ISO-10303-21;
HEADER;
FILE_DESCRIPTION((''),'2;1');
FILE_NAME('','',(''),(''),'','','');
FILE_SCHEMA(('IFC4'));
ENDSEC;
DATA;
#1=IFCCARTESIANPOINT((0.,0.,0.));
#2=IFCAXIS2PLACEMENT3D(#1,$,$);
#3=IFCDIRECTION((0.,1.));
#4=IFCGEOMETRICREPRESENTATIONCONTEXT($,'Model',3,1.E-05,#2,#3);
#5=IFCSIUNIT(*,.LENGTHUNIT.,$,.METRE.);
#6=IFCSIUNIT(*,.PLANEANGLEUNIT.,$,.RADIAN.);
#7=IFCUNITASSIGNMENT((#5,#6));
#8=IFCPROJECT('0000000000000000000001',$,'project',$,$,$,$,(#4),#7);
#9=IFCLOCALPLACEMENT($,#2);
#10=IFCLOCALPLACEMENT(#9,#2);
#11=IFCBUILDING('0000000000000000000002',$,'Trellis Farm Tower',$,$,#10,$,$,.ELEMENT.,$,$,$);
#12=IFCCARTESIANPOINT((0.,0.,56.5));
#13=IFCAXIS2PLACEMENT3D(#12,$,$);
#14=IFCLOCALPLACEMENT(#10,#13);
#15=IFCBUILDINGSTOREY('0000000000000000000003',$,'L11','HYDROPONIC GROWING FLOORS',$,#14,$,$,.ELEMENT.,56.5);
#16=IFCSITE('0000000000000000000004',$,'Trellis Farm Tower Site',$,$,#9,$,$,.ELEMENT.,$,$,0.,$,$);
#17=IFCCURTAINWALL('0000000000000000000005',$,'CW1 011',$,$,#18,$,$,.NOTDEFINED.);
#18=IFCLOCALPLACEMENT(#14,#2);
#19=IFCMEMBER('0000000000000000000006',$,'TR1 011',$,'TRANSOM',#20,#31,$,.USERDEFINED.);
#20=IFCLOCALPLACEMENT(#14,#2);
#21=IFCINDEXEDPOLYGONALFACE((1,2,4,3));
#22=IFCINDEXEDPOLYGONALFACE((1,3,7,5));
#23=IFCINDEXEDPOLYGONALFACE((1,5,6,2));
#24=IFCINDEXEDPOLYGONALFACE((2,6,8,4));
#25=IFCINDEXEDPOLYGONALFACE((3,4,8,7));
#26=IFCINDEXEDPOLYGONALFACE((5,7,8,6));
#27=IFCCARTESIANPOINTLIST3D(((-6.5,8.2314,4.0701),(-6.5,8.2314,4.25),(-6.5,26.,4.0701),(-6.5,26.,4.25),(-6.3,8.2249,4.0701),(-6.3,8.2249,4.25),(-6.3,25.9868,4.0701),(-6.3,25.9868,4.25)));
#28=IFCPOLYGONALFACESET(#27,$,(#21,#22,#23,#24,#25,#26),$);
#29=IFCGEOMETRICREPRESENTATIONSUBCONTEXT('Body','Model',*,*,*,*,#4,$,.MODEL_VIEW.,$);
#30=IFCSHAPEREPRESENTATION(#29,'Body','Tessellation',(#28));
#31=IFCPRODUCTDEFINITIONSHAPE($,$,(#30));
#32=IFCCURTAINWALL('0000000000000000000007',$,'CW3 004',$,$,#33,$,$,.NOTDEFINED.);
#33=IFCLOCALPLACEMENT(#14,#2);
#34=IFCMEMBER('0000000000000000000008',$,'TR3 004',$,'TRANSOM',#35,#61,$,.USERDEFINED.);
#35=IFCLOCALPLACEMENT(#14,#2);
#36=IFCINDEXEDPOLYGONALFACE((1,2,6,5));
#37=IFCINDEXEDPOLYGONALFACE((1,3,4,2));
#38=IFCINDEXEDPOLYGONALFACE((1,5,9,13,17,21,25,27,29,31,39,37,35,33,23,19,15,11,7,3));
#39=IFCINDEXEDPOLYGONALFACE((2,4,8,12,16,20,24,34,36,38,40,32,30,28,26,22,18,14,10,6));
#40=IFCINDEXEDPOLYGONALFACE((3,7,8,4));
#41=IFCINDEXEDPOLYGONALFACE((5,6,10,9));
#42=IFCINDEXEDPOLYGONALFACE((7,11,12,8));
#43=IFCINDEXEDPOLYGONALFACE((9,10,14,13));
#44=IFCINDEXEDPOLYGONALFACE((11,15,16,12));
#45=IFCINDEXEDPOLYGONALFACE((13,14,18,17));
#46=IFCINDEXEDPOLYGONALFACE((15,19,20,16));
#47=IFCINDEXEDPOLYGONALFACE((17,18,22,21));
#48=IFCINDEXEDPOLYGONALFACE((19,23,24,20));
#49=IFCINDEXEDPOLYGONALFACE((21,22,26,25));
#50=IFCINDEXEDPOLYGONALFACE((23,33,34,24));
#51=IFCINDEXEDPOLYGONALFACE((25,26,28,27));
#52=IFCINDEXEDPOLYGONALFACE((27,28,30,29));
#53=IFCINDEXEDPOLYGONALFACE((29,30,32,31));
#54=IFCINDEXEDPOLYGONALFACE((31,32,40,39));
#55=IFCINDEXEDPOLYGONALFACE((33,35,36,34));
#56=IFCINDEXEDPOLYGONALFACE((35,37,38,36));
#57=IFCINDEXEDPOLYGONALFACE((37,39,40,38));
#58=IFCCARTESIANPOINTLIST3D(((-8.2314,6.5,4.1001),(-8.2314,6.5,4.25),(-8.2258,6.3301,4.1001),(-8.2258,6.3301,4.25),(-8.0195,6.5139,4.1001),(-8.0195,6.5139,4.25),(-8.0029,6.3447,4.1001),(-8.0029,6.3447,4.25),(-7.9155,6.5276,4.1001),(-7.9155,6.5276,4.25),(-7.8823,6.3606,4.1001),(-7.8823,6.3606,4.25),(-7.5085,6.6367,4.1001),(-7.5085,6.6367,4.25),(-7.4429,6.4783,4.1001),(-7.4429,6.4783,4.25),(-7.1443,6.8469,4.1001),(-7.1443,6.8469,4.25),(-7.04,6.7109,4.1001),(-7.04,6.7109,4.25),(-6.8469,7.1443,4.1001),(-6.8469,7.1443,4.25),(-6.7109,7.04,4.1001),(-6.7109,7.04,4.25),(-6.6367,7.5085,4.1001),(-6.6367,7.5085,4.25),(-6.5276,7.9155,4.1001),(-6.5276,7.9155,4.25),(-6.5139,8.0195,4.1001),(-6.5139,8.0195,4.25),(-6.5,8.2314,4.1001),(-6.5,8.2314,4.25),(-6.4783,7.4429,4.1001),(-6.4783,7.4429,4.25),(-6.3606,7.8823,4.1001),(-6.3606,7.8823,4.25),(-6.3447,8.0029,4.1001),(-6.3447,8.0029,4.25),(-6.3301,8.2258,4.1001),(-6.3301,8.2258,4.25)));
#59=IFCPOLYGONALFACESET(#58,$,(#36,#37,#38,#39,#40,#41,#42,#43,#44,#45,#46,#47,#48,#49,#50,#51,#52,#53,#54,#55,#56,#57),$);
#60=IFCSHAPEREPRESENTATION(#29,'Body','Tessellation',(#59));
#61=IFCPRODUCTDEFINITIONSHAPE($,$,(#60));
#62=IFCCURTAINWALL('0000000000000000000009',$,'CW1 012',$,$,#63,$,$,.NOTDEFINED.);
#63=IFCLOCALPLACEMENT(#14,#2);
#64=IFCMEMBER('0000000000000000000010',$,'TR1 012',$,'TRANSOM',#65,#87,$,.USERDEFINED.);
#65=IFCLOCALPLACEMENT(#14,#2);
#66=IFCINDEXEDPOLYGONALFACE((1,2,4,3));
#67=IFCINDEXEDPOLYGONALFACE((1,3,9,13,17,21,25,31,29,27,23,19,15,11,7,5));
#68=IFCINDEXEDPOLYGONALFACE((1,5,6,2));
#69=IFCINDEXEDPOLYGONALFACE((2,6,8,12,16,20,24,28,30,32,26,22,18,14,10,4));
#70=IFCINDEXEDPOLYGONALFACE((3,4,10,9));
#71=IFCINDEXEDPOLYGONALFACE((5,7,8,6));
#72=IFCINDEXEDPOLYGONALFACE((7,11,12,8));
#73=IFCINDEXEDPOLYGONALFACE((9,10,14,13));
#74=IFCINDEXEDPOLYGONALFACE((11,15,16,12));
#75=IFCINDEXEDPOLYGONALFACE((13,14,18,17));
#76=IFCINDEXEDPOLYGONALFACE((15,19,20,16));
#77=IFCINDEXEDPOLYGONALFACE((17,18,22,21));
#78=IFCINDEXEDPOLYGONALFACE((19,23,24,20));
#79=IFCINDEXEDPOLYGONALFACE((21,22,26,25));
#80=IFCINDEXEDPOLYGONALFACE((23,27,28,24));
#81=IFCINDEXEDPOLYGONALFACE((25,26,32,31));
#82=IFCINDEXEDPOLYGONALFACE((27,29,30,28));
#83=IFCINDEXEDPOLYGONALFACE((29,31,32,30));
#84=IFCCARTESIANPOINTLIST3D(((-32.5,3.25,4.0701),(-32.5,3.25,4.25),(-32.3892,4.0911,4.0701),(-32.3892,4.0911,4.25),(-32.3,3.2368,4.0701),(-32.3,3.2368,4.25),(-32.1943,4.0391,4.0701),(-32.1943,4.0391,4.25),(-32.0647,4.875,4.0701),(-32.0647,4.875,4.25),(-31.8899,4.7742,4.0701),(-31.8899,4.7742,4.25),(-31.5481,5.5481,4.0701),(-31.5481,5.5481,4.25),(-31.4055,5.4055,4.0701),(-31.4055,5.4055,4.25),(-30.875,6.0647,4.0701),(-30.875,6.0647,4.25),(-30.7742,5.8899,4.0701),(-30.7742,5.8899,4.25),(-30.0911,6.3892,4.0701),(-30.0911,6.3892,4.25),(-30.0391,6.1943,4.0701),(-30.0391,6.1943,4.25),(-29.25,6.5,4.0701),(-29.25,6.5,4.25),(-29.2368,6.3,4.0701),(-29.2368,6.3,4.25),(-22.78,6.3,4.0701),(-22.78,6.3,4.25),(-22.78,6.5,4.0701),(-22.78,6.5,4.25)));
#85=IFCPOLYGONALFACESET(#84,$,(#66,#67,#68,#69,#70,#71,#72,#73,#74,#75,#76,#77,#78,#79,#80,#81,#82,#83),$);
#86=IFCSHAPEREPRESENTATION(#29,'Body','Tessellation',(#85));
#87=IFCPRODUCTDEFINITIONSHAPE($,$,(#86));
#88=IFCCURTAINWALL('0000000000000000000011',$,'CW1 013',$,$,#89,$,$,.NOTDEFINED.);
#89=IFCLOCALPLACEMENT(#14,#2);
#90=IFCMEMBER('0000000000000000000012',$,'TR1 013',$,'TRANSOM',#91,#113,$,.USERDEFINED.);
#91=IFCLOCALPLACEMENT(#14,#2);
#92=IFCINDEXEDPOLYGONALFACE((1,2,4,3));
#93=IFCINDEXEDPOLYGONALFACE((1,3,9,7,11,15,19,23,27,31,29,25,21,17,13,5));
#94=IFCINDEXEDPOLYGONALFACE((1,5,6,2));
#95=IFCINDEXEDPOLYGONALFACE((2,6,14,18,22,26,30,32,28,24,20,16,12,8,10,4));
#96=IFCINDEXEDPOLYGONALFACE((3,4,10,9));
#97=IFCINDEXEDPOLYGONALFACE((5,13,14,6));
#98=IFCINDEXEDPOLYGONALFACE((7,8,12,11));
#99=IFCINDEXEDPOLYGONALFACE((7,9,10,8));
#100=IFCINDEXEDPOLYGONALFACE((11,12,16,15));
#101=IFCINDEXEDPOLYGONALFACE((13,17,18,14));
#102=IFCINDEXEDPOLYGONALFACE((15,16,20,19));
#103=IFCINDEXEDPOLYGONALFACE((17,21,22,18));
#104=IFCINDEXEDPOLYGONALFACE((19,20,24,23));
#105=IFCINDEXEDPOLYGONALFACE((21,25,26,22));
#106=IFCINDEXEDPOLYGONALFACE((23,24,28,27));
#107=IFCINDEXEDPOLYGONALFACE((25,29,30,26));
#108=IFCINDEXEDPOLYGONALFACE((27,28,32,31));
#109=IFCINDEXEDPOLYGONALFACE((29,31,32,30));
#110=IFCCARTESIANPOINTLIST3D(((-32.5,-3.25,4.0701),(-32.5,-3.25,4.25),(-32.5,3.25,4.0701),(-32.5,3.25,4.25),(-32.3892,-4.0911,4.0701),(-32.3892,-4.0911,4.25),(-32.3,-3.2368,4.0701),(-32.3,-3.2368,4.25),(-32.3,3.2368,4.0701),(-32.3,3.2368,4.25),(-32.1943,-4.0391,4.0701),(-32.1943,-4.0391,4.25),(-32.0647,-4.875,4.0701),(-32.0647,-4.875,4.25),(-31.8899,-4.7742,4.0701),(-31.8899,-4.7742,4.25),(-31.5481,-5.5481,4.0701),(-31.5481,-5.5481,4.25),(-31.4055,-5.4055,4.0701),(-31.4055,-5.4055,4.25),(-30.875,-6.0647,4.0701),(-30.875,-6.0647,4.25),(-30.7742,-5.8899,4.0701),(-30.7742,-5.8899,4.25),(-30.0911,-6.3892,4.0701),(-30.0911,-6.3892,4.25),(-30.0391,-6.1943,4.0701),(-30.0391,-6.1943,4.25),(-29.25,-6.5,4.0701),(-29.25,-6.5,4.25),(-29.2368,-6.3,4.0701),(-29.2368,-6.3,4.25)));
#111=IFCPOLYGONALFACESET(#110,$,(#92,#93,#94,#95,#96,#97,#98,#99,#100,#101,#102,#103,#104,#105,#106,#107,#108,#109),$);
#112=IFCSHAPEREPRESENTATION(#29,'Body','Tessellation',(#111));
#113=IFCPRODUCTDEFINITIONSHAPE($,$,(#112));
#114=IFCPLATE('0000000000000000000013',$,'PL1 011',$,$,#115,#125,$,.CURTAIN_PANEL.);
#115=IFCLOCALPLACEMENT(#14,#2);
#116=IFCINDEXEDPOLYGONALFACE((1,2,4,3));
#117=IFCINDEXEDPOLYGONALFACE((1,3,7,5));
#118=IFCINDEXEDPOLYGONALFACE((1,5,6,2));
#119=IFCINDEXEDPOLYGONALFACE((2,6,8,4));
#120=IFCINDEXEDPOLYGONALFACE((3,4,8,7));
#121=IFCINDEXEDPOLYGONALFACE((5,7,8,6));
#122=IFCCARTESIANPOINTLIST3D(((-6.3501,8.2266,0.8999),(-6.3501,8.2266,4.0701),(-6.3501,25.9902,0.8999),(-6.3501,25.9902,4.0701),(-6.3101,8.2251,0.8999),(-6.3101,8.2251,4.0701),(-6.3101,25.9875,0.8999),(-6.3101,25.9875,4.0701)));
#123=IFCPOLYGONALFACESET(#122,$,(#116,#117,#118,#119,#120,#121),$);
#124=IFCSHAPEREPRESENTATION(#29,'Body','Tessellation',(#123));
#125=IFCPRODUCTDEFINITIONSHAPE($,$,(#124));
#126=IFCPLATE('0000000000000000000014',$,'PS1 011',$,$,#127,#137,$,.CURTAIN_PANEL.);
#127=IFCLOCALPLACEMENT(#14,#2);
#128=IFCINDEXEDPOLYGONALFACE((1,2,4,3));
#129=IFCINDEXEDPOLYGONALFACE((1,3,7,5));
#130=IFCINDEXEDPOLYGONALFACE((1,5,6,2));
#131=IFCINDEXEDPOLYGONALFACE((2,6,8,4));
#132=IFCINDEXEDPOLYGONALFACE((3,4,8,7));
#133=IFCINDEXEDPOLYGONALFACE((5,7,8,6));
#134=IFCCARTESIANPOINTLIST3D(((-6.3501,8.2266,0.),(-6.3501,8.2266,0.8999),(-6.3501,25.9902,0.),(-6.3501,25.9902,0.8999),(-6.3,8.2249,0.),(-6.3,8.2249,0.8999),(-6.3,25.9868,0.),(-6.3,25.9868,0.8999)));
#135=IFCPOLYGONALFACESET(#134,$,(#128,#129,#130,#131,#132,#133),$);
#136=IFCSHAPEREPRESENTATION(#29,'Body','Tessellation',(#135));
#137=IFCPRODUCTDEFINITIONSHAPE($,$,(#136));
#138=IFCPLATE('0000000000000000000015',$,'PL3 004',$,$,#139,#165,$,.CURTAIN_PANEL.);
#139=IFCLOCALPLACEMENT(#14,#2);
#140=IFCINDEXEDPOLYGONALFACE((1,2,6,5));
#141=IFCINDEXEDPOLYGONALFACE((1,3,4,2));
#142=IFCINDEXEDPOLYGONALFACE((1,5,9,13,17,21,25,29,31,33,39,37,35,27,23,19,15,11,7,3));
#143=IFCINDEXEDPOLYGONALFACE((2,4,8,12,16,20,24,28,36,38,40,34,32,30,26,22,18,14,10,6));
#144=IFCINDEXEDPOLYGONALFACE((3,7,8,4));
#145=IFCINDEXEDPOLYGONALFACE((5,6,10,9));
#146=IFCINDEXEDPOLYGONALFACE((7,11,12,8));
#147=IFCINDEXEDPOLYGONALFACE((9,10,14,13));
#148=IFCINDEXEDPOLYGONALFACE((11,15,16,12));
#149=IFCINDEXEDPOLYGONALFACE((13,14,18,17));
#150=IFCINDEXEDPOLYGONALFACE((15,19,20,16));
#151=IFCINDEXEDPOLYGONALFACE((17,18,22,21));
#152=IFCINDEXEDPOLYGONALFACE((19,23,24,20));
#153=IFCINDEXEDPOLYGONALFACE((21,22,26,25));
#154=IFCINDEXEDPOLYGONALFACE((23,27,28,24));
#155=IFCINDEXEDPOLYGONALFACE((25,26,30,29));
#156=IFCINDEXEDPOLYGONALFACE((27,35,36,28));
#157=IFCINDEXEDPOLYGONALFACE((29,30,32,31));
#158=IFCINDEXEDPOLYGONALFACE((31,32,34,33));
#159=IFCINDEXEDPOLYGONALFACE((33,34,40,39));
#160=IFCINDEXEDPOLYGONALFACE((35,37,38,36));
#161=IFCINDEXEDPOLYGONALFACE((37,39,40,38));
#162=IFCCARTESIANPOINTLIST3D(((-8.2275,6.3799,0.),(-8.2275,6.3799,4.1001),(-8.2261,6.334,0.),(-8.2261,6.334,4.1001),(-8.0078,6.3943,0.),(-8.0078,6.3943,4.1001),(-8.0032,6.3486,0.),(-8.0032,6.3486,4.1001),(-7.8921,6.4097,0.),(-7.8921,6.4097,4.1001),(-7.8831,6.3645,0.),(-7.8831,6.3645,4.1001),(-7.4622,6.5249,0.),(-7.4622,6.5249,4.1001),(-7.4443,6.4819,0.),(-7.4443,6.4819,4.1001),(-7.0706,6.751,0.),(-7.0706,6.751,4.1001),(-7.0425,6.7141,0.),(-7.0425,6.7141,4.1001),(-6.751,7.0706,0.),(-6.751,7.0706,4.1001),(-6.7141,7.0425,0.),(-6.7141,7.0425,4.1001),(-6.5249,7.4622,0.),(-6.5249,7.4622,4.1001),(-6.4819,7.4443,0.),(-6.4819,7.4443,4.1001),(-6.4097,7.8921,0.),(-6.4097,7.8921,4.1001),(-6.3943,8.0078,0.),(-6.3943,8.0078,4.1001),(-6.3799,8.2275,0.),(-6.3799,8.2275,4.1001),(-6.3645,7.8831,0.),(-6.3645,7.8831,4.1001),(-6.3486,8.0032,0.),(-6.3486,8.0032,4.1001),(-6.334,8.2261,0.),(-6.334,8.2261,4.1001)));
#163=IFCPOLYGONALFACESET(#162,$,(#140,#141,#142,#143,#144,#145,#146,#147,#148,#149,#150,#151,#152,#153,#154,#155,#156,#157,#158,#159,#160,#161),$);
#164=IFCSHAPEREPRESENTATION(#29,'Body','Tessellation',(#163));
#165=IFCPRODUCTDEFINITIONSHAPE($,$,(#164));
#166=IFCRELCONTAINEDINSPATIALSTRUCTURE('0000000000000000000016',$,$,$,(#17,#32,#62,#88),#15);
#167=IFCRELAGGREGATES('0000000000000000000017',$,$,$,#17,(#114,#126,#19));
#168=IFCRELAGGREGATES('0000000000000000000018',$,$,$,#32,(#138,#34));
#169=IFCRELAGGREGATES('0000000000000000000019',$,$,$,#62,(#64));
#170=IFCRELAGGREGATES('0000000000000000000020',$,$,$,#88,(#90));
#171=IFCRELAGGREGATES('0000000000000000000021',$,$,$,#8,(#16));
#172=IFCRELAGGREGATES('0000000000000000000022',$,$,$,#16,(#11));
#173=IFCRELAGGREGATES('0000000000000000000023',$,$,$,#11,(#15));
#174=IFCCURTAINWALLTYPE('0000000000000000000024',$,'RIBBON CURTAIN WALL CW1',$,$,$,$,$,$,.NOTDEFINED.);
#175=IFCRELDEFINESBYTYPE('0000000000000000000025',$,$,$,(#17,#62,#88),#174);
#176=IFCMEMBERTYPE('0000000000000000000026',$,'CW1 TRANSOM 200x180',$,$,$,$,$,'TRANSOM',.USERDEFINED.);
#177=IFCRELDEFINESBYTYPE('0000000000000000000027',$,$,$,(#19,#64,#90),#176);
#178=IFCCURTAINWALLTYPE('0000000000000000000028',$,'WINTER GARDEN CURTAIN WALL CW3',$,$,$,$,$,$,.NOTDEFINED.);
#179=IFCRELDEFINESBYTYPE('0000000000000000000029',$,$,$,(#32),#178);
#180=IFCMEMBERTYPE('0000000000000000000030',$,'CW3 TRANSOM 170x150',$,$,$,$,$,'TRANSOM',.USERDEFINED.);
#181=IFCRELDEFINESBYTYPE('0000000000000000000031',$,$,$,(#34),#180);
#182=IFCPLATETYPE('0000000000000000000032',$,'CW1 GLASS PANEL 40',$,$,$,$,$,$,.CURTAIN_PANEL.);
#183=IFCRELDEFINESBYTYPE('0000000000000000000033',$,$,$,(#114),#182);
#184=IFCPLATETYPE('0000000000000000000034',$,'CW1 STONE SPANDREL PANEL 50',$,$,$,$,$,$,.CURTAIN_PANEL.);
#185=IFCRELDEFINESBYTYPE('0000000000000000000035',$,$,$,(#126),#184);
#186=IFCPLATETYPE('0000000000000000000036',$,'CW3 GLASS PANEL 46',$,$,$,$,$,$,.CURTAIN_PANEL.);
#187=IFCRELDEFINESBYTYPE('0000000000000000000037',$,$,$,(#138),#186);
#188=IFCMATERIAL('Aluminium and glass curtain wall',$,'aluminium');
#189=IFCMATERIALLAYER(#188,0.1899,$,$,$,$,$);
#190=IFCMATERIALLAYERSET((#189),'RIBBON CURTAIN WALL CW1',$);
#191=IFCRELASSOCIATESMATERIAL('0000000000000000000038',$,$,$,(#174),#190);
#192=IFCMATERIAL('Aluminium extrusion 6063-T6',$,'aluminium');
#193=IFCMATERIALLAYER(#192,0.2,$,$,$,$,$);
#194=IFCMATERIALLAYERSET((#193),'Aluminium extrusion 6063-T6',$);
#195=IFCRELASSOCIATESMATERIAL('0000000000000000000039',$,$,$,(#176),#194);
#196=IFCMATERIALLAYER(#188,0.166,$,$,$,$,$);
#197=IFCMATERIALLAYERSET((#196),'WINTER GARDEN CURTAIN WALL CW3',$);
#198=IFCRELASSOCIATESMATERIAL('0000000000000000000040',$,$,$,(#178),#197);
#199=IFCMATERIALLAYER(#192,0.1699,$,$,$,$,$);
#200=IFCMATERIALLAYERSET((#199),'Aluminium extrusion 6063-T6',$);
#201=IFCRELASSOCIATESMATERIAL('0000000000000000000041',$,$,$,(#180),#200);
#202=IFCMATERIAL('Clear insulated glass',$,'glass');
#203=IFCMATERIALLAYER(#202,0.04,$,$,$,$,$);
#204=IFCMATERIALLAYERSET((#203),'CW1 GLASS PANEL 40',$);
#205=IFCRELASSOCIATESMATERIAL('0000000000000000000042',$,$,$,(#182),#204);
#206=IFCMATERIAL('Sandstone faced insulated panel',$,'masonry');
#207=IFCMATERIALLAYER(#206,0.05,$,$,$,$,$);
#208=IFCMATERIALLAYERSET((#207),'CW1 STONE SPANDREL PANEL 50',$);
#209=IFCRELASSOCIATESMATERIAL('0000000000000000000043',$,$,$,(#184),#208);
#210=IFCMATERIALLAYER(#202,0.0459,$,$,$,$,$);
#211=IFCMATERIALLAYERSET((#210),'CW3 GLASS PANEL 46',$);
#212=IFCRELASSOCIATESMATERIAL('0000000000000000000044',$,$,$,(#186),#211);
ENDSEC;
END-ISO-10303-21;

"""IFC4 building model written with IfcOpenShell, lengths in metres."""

from ifc_helpers import new_model, si_unit, direction, frame, origin, place, context, subcontext, project, spatial, polyline, outline, extrude, source, transform, mapped, material, layer, layer_set, type_object, element, aggregate, save


model = new_model("IFC4")

# Units and contexts
model_context = context("Model", 3, precision=1e-05, world=origin(), true_north=direction((0.0, 1.0)))
body_context = subcontext(model_context, "Body", "Model", "MODEL_VIEW")
ifc_project = project(units=[si_unit("LENGTHUNIT", "METRE"), si_unit("PLANEANGLEUNIT", "RADIAN")], contexts=[model_context])

# Site, building, storey
site_placement = place(None, origin())
site = spatial("IfcSite", under=ifc_project, at=site_placement, Name="Trellis Farm Tower Site", CompositionType="ELEMENT", RefElevation=0.0)
building_placement = place(site_placement, origin())
building = spatial("IfcBuilding", under=site, at=building_placement, Name="Trellis Farm Tower", CompositionType="ELEMENT")
storey_placement = place(building_placement, frame((0.0, 0.0, 56.5)))
storey = spatial("IfcBuildingStorey", under=building, at=storey_placement, Name="L11", Description="HYDROPONIC GROWING FLOORS", CompositionType="ELEMENT", Elevation=56.5)

# Curtain walls, members
ifc_material_1 = material(Name="Aluminium and glass curtain wall", Category="aluminium")
ifc_layer_1 = layer(ifc_material_1, 0.1899)
ifc_layer_set_1 = layer_set([ifc_layer_1], Name="RIBBON CURTAIN WALL CW1")
curtain_wall_type_1 = type_object("IfcCurtainWallType", Name="RIBBON CURTAIN WALL CW1", PredefinedType="NOTDEFINED", material=ifc_layer_set_1)
placement_1 = place(storey_placement, origin())
curtain_wall_1 = element("IfcCurtainWall", 1, at=placement_1, inside=storey, type_object=curtain_wall_type_1, Name="CW1 011", PredefinedType="NOTDEFINED")
ifc_material_2 = material(Name="Aluminium extrusion 6063-T6", Category="aluminium")
ifc_layer_2 = layer(ifc_material_2, 0.2)
ifc_layer_set_2 = layer_set([ifc_layer_2], Name="Aluminium extrusion 6063-T6")
member_type_1 = type_object("IfcMemberType", Name="CW1 TRANSOM 200x180", ElementType="TRANSOM", PredefinedType="USERDEFINED", material=ifc_layer_set_2)
shared_shape_1 = source(origin(), body_context, "Body", "SweptSolid", [
    extrude(outline(polyline([(-6.5, 26.0), (-6.5, 8.2314), (-6.3, 8.2249), (-6.3, 25.9868), (-6.5, 26.0)])), origin(), (0.0, 0.0, 1.0), 0.1799),
])
placement_2 = place(storey_placement, frame((0.0, 0.0, 4.0701)))
member_1 = element("IfcMember", 2, at=placement_2, type_object=member_type_1, Name="TR1 011", ObjectType="TRANSOM", PredefinedType="USERDEFINED", context=body_context, shape_type="MappedRepresentation", body=[
    mapped(shared_shape_1, transform((0.0, 0.0, 0.0))),
])
ifc_layer_3 = layer(ifc_material_1, 0.166)
ifc_layer_set_3 = layer_set([ifc_layer_3], Name="WINTER GARDEN CURTAIN WALL CW3")
curtain_wall_type_2 = type_object("IfcCurtainWallType", Name="WINTER GARDEN CURTAIN WALL CW3", PredefinedType="NOTDEFINED", material=ifc_layer_set_3)
curtain_wall_2 = element("IfcCurtainWall", 3, at=placement_1, inside=storey, type_object=curtain_wall_type_2, Name="CW3 004", PredefinedType="NOTDEFINED")
ifc_layer_4 = layer(ifc_material_2, 0.1699)
ifc_layer_set_4 = layer_set([ifc_layer_4], Name="Aluminium extrusion 6063-T6")
member_type_2 = type_object("IfcMemberType", Name="CW3 TRANSOM 170x150", ElementType="TRANSOM", PredefinedType="USERDEFINED", material=ifc_layer_set_4)
shared_shape_2 = source(origin(), body_context, "Body", "SweptSolid", [
    extrude(outline(polyline([(-6.5, 8.2314), (-6.5139, 8.0195), (-6.5276, 7.9155), (-6.6367, 7.5085), (-6.8469, 7.1443), (-7.1443, 6.8469), (-7.5085, 6.6367), (-7.9155, 6.5276), (-8.0195, 6.5139), (-8.2314, 6.5), (-8.2258, 6.3301), (-8.0029, 6.3447), (-7.8823, 6.3606), (-7.4429, 6.4783), (-7.04, 6.7109), (-6.7109, 7.04), (-6.4783, 7.4429), (-6.3606, 7.8823), (-6.3447, 8.0029), (-6.3301, 8.2258), (-6.5, 8.2314)])), origin(), (0.0, 0.0, 1.0), 0.1499),
])
member_2_placement = place(storey_placement, frame((0.0, 0.0, 4.1001)))
member_2 = element("IfcMember", 4, at=member_2_placement, type_object=member_type_2, Name="TR3 004", ObjectType="TRANSOM", PredefinedType="USERDEFINED", context=body_context, shape_type="MappedRepresentation", body=[
    mapped(shared_shape_2, transform((0.0, 0.0, 0.0))),
])
curtain_wall_3 = element("IfcCurtainWall", 5, at=placement_1, inside=storey, type_object=curtain_wall_type_1, Name="CW1 012", PredefinedType="NOTDEFINED")
shared_shape_3 = source(origin(), body_context, "Body", "SweptSolid", [
    extrude(outline(polyline([(-22.78, 6.5), (-29.25, 6.5), (-30.0911, 6.3892), (-30.875, 6.0647), (-31.5481, 5.5481), (-32.0647, 4.875), (-32.3892, 4.0911), (-32.5, 3.25), (-32.3, 3.2368), (-32.1943, 4.0391), (-31.8899, 4.7742), (-31.4055, 5.4055), (-30.7742, 5.8899), (-30.0391, 6.1943), (-29.2368, 6.3), (-22.78, 6.3), (-22.78, 6.5)])), origin(), (0.0, 0.0, 1.0), 0.1799),
])
member_3 = element("IfcMember", 6, at=placement_2, type_object=member_type_1, Name="TR1 012", ObjectType="TRANSOM", PredefinedType="USERDEFINED", context=body_context, shape_type="MappedRepresentation", body=[
    mapped(shared_shape_3, transform((0.0, 0.0, 0.0))),
])
curtain_wall_4 = element("IfcCurtainWall", 7, at=placement_1, inside=storey, type_object=curtain_wall_type_1, Name="CW1 013", PredefinedType="NOTDEFINED")
shared_shape_4 = source(origin(), body_context, "Body", "SweptSolid", [
    extrude(outline(polyline([(-32.5, 3.25), (-32.5, -3.25), (-32.3892, -4.0911), (-32.0647, -4.875), (-31.5481, -5.5481), (-30.875, -6.0647), (-30.0911, -6.3892), (-29.25, -6.5), (-29.2368, -6.3), (-30.0391, -6.1943), (-30.7742, -5.8899), (-31.4055, -5.4055), (-31.8899, -4.7742), (-32.1943, -4.0391), (-32.3, -3.2368), (-32.3, 3.2368), (-32.5, 3.25)])), origin(), (0.0, 0.0, 1.0), 0.1799),
])
member_4 = element("IfcMember", 8, at=placement_2, type_object=member_type_1, Name="TR1 013", ObjectType="TRANSOM", PredefinedType="USERDEFINED", context=body_context, shape_type="MappedRepresentation", body=[
    mapped(shared_shape_4, transform((0.0, 0.0, 0.0))),
])

# Plates
ifc_material_3 = material(Name="Clear insulated glass", Category="glass")
ifc_layer_5 = layer(ifc_material_3, 0.04)
ifc_layer_set_5 = layer_set([ifc_layer_5], Name="CW1 GLASS PANEL 40")
plate_type_1 = type_object("IfcPlateType", Name="CW1 GLASS PANEL 40", PredefinedType="CURTAIN_PANEL", material=ifc_layer_set_5)
shared_shape_5 = source(origin(), body_context, "Body", "SweptSolid", [
    extrude(outline(polyline([(-6.3501, 25.9902), (-6.3501, 8.2266), (-6.3101, 8.2251), (-6.3101, 25.9875), (-6.3501, 25.9902)])), origin(), (0.0, 0.0, 1.0), 3.1702),
])
placement_3 = place(storey_placement, frame((0.0, 0.0, 0.8999)))
plate_1 = element("IfcPlate", 9, at=placement_3, type_object=plate_type_1, Name="PL1 011", PredefinedType="CURTAIN_PANEL", context=body_context, shape_type="MappedRepresentation", body=[
    mapped(shared_shape_5, transform((0.0, 0.0, 0.0))),
])
ifc_material_4 = material(Name="Sandstone faced insulated panel", Category="masonry")
ifc_layer_6 = layer(ifc_material_4, 0.05)
ifc_layer_set_6 = layer_set([ifc_layer_6], Name="CW1 STONE SPANDREL PANEL 50")
plate_type_2 = type_object("IfcPlateType", Name="CW1 STONE SPANDREL PANEL 50", PredefinedType="CURTAIN_PANEL", material=ifc_layer_set_6)
shared_shape_6 = source(origin(), body_context, "Body", "SweptSolid", [
    extrude(outline(polyline([(-6.3501, 25.9902), (-6.3501, 8.2266), (-6.3, 8.2249), (-6.3, 25.9868), (-6.3501, 25.9902)])), origin(), (0.0, 0.0, 1.0), 0.8999),
])
plate_2 = element("IfcPlate", 10, at=placement_1, type_object=plate_type_2, Name="PS1 011", PredefinedType="CURTAIN_PANEL", context=body_context, shape_type="MappedRepresentation", body=[
    mapped(shared_shape_6, transform((0.0, 0.0, 0.0))),
])
aggregate(curtain_wall_1, [plate_1, plate_2, member_1])
ifc_layer_7 = layer(ifc_material_3, 0.0459)
ifc_layer_set_7 = layer_set([ifc_layer_7], Name="CW3 GLASS PANEL 46")
plate_type_3 = type_object("IfcPlateType", Name="CW3 GLASS PANEL 46", PredefinedType="CURTAIN_PANEL", material=ifc_layer_set_7)
shared_shape_7 = source(origin(), body_context, "Body", "SweptSolid", [
    extrude(outline(polyline([(-6.3799, 8.2275), (-6.3943, 8.0078), (-6.4097, 7.8921), (-6.5249, 7.4622), (-6.751, 7.0706), (-7.0706, 6.751), (-7.4622, 6.5249), (-7.8921, 6.4097), (-8.0078, 6.3943), (-8.2275, 6.3799), (-8.2261, 6.334), (-8.0032, 6.3486), (-7.8831, 6.3645), (-7.4443, 6.4819), (-7.0425, 6.7141), (-6.7141, 7.0425), (-6.4819, 7.4443), (-6.3645, 7.8831), (-6.3486, 8.0032), (-6.334, 8.2261), (-6.3799, 8.2275)])), origin(), (0.0, 0.0, 1.0), 4.1001),
])
plate_3 = element("IfcPlate", 11, at=placement_1, type_object=plate_type_3, Name="PL3 004", PredefinedType="CURTAIN_PANEL", context=body_context, shape_type="MappedRepresentation", body=[
    mapped(shared_shape_7, transform((0.0, 0.0, 0.0))),
])
aggregate(curtain_wall_2, [plate_3, member_2])
aggregate(curtain_wall_3, [member_3])
aggregate(curtain_wall_4, [member_4])

save(model, "model.ifc")
